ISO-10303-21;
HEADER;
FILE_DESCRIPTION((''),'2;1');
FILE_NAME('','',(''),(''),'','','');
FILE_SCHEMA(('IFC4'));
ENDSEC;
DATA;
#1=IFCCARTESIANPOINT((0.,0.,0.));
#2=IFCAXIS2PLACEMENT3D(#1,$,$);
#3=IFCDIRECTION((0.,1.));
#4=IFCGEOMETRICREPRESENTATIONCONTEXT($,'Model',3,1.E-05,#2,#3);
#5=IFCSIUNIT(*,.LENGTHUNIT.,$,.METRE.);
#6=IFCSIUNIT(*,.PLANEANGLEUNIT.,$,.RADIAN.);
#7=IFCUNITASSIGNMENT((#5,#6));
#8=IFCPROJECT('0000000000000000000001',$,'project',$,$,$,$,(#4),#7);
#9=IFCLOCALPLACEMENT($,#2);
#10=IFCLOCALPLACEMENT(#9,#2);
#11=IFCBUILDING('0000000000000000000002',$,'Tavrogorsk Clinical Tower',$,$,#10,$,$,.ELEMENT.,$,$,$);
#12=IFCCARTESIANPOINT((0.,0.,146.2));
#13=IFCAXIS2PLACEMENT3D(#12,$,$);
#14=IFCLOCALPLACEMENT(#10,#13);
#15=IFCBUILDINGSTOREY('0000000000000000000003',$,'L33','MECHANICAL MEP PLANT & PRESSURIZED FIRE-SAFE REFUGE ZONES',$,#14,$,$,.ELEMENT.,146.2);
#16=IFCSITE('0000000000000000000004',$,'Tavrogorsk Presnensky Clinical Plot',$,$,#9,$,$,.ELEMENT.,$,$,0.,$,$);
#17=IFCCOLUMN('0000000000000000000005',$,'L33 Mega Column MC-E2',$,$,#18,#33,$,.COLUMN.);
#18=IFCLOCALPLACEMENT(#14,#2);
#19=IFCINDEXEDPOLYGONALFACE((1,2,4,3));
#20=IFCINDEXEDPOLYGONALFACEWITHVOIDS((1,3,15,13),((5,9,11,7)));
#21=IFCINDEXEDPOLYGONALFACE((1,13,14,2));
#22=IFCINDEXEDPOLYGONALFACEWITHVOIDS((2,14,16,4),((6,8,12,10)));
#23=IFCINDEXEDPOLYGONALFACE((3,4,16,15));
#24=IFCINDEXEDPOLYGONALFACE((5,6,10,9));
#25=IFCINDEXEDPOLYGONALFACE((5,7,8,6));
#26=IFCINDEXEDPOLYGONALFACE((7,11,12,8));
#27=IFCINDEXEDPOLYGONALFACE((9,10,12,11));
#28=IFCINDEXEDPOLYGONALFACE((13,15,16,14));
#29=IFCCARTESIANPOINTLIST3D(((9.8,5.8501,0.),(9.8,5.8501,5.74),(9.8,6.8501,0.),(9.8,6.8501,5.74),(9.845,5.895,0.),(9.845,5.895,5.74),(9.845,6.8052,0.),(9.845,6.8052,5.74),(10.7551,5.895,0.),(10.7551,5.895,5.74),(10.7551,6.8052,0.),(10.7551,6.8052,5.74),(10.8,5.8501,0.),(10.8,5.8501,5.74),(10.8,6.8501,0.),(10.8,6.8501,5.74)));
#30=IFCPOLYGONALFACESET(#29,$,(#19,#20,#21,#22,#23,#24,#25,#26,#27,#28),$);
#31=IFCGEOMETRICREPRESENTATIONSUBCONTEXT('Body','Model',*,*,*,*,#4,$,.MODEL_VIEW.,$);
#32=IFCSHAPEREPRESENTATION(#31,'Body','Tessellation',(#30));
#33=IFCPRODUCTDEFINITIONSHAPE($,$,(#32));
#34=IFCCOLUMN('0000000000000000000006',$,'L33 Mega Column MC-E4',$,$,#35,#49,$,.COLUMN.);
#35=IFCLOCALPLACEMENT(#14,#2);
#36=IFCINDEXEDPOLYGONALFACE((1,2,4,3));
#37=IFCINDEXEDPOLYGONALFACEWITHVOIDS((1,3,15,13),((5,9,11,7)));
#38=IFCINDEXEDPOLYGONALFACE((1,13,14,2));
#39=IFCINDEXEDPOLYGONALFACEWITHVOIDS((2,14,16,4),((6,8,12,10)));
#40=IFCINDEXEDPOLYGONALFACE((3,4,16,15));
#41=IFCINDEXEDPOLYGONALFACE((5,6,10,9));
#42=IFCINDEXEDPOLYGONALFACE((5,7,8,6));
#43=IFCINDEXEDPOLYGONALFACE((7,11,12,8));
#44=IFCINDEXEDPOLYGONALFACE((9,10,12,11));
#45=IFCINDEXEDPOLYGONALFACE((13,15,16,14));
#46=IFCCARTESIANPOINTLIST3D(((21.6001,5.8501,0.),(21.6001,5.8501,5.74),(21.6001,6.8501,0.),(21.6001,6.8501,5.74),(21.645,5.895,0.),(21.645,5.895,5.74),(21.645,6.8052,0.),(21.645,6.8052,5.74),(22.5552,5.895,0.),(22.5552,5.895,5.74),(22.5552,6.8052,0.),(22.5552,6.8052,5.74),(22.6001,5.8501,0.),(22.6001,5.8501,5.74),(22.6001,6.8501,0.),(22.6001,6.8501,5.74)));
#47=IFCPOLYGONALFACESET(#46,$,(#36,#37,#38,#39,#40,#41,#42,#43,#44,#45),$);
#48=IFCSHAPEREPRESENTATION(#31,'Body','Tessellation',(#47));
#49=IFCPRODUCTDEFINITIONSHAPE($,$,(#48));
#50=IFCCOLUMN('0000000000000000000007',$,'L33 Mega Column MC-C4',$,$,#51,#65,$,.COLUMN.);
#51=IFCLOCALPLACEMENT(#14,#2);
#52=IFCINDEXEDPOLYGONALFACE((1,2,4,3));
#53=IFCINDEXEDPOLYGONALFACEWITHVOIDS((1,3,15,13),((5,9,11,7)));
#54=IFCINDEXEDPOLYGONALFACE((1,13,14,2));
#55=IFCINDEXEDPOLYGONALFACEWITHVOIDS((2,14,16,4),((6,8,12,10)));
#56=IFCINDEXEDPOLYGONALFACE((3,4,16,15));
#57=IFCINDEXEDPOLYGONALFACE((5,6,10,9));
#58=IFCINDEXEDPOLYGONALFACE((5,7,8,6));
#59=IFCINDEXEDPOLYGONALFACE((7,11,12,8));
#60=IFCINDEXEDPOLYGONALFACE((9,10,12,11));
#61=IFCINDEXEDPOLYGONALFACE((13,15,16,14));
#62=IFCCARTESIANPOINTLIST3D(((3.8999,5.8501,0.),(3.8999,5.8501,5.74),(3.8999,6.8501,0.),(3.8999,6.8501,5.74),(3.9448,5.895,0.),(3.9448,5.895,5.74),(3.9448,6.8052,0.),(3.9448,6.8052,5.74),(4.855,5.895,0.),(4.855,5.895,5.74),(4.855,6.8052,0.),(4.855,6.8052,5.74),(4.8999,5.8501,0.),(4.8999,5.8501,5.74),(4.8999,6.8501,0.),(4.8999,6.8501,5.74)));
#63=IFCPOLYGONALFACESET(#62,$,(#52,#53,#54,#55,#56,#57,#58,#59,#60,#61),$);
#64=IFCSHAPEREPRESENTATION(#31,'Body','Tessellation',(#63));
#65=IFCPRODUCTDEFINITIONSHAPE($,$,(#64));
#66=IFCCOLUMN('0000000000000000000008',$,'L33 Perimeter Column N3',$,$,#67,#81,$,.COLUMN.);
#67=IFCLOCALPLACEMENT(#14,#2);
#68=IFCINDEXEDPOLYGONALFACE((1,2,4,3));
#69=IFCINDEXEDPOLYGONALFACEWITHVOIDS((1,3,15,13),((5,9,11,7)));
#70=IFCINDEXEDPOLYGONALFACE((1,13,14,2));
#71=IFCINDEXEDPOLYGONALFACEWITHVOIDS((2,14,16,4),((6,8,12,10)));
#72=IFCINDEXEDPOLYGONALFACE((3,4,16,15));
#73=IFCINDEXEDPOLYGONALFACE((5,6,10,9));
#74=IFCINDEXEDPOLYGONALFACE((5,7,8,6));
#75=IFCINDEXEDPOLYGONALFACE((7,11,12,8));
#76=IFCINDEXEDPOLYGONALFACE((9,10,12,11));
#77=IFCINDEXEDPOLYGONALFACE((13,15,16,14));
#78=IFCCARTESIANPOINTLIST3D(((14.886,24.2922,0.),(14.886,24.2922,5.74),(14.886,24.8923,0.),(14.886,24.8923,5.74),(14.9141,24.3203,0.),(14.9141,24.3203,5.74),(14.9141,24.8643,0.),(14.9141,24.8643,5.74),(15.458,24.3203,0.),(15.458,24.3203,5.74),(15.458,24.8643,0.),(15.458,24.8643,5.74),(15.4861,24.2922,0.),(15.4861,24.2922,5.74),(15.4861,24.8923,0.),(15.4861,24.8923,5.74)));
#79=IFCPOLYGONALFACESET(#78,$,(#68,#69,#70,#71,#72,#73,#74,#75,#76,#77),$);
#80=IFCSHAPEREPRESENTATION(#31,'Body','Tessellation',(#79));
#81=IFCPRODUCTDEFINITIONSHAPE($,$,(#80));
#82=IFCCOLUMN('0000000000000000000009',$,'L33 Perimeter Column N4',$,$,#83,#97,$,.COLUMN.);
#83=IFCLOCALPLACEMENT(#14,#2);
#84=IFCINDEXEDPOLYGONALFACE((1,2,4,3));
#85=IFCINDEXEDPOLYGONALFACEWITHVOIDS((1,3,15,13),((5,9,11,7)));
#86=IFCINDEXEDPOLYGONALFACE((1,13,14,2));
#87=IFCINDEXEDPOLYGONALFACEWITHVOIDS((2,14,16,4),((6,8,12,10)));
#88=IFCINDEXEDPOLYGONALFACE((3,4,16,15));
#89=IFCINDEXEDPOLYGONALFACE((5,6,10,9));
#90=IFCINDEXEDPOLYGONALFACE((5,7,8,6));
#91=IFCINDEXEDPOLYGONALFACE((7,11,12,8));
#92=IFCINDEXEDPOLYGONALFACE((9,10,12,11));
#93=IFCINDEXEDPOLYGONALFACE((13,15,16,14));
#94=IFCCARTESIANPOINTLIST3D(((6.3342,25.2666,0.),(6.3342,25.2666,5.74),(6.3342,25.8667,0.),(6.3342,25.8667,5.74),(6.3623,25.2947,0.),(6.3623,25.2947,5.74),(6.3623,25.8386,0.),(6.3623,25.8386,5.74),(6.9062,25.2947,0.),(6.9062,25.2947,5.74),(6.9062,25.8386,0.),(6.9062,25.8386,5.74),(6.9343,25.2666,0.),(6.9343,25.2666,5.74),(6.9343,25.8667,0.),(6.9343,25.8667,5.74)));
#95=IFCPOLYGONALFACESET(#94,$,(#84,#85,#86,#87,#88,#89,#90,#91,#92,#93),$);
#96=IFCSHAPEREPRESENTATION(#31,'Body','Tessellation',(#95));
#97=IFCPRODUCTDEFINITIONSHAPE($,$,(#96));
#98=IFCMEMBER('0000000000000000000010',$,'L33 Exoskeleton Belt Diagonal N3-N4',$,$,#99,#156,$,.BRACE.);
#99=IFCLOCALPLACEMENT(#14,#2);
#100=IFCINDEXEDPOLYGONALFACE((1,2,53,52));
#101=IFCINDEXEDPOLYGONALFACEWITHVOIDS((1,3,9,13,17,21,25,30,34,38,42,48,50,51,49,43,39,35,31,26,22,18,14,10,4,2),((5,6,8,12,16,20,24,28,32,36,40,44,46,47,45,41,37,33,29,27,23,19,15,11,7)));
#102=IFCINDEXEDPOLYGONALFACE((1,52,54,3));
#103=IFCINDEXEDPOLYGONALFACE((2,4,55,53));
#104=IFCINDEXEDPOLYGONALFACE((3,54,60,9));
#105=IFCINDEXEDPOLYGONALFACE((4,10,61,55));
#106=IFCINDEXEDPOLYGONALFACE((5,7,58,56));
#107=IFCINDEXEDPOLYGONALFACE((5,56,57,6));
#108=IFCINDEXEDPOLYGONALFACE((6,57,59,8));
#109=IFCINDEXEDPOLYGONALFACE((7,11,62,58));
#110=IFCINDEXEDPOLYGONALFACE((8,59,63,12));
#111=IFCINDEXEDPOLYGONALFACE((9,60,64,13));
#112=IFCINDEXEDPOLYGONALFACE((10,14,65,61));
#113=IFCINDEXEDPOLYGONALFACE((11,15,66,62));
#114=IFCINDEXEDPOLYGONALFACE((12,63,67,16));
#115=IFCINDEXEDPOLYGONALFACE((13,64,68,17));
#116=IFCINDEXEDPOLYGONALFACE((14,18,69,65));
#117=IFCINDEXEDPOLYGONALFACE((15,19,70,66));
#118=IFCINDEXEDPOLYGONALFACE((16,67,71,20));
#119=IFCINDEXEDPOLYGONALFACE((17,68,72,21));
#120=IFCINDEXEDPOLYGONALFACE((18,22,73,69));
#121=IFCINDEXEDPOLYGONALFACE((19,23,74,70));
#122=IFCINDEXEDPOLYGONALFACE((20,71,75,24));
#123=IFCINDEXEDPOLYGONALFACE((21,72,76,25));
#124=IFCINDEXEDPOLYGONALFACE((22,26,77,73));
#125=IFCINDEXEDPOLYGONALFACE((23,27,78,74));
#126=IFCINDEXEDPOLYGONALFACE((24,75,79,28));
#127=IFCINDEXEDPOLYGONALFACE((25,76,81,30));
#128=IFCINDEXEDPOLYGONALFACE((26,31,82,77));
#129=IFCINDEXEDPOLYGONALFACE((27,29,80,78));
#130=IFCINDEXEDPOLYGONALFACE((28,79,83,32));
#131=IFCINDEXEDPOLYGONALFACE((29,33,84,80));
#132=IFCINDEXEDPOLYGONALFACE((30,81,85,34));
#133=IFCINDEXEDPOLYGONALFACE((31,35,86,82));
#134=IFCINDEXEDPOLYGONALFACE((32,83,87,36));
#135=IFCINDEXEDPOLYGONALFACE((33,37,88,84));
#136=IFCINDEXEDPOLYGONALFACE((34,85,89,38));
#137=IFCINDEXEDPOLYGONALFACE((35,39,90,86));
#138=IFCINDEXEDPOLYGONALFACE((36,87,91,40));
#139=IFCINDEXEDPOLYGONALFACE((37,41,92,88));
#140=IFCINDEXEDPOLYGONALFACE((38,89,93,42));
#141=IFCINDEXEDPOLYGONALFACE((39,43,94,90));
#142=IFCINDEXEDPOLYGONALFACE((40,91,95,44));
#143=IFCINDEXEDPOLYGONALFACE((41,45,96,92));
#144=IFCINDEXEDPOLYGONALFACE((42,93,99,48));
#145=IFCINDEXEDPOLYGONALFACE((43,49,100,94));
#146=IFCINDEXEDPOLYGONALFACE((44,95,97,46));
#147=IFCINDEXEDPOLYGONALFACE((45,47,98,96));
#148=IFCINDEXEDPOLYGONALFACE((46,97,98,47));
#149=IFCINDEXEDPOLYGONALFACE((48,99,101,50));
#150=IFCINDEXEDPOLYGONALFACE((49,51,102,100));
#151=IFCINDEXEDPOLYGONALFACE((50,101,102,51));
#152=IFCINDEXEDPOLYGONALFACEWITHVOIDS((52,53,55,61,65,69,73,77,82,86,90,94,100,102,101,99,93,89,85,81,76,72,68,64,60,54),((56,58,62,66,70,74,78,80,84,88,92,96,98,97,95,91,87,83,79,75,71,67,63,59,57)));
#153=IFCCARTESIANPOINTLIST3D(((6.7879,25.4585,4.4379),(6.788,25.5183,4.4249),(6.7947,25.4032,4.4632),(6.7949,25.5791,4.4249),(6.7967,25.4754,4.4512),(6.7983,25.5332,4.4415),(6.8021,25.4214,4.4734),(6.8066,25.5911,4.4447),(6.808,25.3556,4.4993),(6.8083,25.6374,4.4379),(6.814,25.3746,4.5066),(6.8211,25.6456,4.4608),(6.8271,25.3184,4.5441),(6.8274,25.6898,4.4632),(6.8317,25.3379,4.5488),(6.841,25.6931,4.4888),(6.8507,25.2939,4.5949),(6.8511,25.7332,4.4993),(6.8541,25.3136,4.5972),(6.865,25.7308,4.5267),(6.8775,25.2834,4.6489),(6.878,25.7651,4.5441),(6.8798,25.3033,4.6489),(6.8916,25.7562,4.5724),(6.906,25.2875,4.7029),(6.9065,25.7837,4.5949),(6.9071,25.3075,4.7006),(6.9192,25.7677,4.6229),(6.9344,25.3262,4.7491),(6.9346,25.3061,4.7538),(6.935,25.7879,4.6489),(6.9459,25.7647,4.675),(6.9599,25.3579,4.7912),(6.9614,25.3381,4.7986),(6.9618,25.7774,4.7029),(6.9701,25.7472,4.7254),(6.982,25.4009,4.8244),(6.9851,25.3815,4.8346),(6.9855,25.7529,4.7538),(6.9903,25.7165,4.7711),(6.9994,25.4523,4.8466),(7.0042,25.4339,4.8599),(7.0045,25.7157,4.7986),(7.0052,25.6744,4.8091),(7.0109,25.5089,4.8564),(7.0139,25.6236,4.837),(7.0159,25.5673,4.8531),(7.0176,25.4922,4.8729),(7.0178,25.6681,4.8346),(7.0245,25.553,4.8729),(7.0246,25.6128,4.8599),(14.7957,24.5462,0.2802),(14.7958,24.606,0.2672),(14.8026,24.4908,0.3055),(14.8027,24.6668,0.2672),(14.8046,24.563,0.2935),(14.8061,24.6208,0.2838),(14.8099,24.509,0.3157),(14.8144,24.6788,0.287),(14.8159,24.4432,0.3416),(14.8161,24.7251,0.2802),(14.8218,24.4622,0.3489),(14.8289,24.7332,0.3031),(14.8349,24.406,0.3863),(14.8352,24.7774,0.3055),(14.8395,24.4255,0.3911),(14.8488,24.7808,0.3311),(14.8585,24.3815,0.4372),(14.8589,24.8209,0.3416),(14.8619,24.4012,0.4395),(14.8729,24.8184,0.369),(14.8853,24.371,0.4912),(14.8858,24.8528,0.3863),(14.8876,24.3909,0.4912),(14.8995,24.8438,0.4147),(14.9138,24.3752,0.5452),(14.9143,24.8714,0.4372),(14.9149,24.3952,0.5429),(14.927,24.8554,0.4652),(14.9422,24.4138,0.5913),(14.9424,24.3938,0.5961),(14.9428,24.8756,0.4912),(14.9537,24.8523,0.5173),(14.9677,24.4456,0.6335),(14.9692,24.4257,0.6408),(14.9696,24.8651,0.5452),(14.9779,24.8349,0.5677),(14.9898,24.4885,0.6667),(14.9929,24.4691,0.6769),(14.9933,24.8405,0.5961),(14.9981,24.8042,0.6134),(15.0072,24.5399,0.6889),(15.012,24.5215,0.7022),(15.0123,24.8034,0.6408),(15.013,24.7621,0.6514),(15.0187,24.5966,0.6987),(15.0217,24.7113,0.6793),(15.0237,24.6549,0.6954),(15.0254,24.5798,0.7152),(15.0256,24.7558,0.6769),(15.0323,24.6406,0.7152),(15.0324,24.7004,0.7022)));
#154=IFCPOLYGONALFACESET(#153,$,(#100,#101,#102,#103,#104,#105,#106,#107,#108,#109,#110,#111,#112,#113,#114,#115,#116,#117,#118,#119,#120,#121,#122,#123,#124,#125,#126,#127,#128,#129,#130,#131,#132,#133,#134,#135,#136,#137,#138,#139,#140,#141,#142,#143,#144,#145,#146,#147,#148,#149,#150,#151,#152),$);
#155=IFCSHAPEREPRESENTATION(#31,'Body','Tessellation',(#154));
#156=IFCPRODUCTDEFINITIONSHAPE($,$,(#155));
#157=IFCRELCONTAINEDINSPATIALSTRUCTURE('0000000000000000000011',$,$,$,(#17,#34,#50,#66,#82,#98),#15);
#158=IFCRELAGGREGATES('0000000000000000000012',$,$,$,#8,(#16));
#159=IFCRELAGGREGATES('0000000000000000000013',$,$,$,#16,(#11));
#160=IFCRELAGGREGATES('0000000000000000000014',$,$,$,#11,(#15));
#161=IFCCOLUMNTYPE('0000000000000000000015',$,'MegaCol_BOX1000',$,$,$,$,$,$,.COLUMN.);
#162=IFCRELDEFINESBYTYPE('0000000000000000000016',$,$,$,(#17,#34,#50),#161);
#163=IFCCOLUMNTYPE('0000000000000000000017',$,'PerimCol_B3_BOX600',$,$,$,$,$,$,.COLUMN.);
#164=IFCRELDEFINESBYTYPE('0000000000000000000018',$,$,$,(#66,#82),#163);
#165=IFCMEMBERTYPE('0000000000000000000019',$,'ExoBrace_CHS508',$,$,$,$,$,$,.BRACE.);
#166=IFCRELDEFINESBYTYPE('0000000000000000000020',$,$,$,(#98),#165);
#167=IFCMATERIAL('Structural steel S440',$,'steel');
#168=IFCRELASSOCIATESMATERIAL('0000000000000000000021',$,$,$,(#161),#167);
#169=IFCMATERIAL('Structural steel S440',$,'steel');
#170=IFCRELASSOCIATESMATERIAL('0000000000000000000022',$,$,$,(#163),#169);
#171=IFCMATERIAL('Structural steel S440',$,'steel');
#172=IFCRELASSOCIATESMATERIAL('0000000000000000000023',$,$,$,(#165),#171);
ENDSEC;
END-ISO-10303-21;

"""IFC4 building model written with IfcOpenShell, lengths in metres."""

from ifc_helpers import new_model, si_unit, direction, frame, origin, origin_2d, place, context, subcontext, project, spatial, hollow_rectangle, hollow_circle, extrude, material, material_profile, profile_set, type_object, element, save


model = new_model("IFC4")

# Units and contexts
model_context = context("Model", 3, precision=1e-05, world=origin(), true_north=direction((0.0, 1.0)))
body_context = subcontext(model_context, "Body", "Model", "MODEL_VIEW")
ifc_project = project(units=[si_unit("LENGTHUNIT", "METRE"), si_unit("PLANEANGLEUNIT", "RADIAN")], contexts=[model_context])

# Site, building, storey
site_placement = place(None, origin())
site = spatial("IfcSite", under=ifc_project, at=site_placement, Name="Tavrogorsk Presnensky Clinical Plot", CompositionType="ELEMENT", RefElevation=0.0)
building_placement = place(site_placement, origin())
building = spatial("IfcBuilding", under=site, at=building_placement, Name="Tavrogorsk Clinical Tower", CompositionType="ELEMENT")
storey_placement = place(building_placement, frame((0.0, 0.0, 146.2)))
storey = spatial("IfcBuildingStorey", under=building, at=storey_placement, Name="L33", Description="MECHANICAL MEP PLANT & PRESSURIZED FIRE-SAFE REFUGE ZONES", CompositionType="ELEMENT", Elevation=146.2)

# Columns
ifc_material_1 = material(Name="Structural steel S440", Category="steel")
ifc_material_profile_1 = material_profile(ifc_material_1, hollow_rectangle(XDim=1.0, YDim=1.0, WallThickness=0.0449, at=origin_2d()), Name="BOX-1000x1000x45")
ifc_profile_set_1 = profile_set([ifc_material_profile_1], Name="Structural steel S440")
column_type_1 = type_object("IfcColumnType", Name="MegaCol_BOX1000", PredefinedType="COLUMN", material=ifc_profile_set_1)
for number, where, z_axis, x_axis, name in (
    (1, (10.3, 6.3501, 0.0), (0.0, 0.0, 1.0), (1.0, 0.0, 0.0), "L33 Mega Column MC-E2"),
    (2, (22.1001, 6.3501, 0.0), (0.0, 0.0, 1.0), (1.0, 0.0, 0.0), "L33 Mega Column MC-E4"),
    (3, (4.3999, 6.3501, 0.0), (0.0, 0.0, 1.0), (1.0, 0.0, 0.0), "L33 Mega Column MC-C4"),
):
    element("IfcColumn", number, at=place(storey_placement, frame(where, z_axis=z_axis, x_axis=x_axis)), inside=storey, type_object=column_type_1, Name=name, PredefinedType="COLUMN", context=body_context, shape_type="SweptSolid", body=[
        extrude(hollow_rectangle(XDim=1.0, YDim=1.0, WallThickness=0.0449, at=origin_2d()), origin(), (0.0, 0.0, 1.0), 5.74),
    ])
ifc_material_2 = material(Name="Structural steel S440", Category="steel")
ifc_material_profile_2 = material_profile(ifc_material_2, hollow_rectangle(XDim=0.6001, YDim=0.6001, WallThickness=0.0281, at=origin_2d()), Name="BOX-600x600x28")
ifc_profile_set_2 = profile_set([ifc_material_profile_2], Name="Structural steel S440")
column_type_2 = type_object("IfcColumnType", Name="PerimCol_B3_BOX600", PredefinedType="COLUMN", material=ifc_profile_set_2)
for number, where, z_axis, x_axis, name in (
    (4, (15.186, 24.5923, 0.0), (0.0, 0.0, 1.0), (1.0, 0.0, 0.0), "L33 Perimeter Column N3"),
    (5, (6.6343, 25.5667, 0.0), (0.0, 0.0, 1.0), (1.0, 0.0, 0.0), "L33 Perimeter Column N4"),
):
    element("IfcColumn", number, at=place(storey_placement, frame(where, z_axis=z_axis, x_axis=x_axis)), inside=storey, type_object=column_type_2, Name=name, PredefinedType="COLUMN", context=body_context, shape_type="SweptSolid", body=[
        extrude(hollow_rectangle(XDim=0.6001, YDim=0.6001, WallThickness=0.0281, at=origin_2d()), origin(), (0.0, 0.0, 1.0), 5.74),
    ])

# Member
ifc_material_3 = material(Name="Structural steel S440", Category="steel")
ifc_material_profile_3 = material_profile(ifc_material_3, hollow_circle(Radius=0.2539, WallThickness=0.02, at=origin_2d()), Name="CHS-508x20")
ifc_profile_set_3 = profile_set([ifc_material_profile_3], Name="Structural steel S440")
member_type_1 = type_object("IfcMemberType", Name="ExoBrace_CHS508", PredefinedType="BRACE", material=ifc_profile_set_3)
member_1_placement = place(storey_placement, frame((14.9141, 24.6233, 0.4912), z_axis=(-0.883002, 0.100603, 0.458461), x_axis=(-0.113201, -0.993572, 0.0)))
element("IfcMember", 6, at=member_1_placement, inside=storey, type_object=member_type_1, Name="L33 Exoskeleton Belt Diagonal N3-N4", PredefinedType="BRACE", context=body_context, shape_type="SweptSolid", body=[
    extrude(hollow_circle(Radius=0.2539, WallThickness=0.02, at=origin_2d()), origin(), (0.0, 0.0, 1.0), 9.0688),
])

save(model, "model.ifc")
